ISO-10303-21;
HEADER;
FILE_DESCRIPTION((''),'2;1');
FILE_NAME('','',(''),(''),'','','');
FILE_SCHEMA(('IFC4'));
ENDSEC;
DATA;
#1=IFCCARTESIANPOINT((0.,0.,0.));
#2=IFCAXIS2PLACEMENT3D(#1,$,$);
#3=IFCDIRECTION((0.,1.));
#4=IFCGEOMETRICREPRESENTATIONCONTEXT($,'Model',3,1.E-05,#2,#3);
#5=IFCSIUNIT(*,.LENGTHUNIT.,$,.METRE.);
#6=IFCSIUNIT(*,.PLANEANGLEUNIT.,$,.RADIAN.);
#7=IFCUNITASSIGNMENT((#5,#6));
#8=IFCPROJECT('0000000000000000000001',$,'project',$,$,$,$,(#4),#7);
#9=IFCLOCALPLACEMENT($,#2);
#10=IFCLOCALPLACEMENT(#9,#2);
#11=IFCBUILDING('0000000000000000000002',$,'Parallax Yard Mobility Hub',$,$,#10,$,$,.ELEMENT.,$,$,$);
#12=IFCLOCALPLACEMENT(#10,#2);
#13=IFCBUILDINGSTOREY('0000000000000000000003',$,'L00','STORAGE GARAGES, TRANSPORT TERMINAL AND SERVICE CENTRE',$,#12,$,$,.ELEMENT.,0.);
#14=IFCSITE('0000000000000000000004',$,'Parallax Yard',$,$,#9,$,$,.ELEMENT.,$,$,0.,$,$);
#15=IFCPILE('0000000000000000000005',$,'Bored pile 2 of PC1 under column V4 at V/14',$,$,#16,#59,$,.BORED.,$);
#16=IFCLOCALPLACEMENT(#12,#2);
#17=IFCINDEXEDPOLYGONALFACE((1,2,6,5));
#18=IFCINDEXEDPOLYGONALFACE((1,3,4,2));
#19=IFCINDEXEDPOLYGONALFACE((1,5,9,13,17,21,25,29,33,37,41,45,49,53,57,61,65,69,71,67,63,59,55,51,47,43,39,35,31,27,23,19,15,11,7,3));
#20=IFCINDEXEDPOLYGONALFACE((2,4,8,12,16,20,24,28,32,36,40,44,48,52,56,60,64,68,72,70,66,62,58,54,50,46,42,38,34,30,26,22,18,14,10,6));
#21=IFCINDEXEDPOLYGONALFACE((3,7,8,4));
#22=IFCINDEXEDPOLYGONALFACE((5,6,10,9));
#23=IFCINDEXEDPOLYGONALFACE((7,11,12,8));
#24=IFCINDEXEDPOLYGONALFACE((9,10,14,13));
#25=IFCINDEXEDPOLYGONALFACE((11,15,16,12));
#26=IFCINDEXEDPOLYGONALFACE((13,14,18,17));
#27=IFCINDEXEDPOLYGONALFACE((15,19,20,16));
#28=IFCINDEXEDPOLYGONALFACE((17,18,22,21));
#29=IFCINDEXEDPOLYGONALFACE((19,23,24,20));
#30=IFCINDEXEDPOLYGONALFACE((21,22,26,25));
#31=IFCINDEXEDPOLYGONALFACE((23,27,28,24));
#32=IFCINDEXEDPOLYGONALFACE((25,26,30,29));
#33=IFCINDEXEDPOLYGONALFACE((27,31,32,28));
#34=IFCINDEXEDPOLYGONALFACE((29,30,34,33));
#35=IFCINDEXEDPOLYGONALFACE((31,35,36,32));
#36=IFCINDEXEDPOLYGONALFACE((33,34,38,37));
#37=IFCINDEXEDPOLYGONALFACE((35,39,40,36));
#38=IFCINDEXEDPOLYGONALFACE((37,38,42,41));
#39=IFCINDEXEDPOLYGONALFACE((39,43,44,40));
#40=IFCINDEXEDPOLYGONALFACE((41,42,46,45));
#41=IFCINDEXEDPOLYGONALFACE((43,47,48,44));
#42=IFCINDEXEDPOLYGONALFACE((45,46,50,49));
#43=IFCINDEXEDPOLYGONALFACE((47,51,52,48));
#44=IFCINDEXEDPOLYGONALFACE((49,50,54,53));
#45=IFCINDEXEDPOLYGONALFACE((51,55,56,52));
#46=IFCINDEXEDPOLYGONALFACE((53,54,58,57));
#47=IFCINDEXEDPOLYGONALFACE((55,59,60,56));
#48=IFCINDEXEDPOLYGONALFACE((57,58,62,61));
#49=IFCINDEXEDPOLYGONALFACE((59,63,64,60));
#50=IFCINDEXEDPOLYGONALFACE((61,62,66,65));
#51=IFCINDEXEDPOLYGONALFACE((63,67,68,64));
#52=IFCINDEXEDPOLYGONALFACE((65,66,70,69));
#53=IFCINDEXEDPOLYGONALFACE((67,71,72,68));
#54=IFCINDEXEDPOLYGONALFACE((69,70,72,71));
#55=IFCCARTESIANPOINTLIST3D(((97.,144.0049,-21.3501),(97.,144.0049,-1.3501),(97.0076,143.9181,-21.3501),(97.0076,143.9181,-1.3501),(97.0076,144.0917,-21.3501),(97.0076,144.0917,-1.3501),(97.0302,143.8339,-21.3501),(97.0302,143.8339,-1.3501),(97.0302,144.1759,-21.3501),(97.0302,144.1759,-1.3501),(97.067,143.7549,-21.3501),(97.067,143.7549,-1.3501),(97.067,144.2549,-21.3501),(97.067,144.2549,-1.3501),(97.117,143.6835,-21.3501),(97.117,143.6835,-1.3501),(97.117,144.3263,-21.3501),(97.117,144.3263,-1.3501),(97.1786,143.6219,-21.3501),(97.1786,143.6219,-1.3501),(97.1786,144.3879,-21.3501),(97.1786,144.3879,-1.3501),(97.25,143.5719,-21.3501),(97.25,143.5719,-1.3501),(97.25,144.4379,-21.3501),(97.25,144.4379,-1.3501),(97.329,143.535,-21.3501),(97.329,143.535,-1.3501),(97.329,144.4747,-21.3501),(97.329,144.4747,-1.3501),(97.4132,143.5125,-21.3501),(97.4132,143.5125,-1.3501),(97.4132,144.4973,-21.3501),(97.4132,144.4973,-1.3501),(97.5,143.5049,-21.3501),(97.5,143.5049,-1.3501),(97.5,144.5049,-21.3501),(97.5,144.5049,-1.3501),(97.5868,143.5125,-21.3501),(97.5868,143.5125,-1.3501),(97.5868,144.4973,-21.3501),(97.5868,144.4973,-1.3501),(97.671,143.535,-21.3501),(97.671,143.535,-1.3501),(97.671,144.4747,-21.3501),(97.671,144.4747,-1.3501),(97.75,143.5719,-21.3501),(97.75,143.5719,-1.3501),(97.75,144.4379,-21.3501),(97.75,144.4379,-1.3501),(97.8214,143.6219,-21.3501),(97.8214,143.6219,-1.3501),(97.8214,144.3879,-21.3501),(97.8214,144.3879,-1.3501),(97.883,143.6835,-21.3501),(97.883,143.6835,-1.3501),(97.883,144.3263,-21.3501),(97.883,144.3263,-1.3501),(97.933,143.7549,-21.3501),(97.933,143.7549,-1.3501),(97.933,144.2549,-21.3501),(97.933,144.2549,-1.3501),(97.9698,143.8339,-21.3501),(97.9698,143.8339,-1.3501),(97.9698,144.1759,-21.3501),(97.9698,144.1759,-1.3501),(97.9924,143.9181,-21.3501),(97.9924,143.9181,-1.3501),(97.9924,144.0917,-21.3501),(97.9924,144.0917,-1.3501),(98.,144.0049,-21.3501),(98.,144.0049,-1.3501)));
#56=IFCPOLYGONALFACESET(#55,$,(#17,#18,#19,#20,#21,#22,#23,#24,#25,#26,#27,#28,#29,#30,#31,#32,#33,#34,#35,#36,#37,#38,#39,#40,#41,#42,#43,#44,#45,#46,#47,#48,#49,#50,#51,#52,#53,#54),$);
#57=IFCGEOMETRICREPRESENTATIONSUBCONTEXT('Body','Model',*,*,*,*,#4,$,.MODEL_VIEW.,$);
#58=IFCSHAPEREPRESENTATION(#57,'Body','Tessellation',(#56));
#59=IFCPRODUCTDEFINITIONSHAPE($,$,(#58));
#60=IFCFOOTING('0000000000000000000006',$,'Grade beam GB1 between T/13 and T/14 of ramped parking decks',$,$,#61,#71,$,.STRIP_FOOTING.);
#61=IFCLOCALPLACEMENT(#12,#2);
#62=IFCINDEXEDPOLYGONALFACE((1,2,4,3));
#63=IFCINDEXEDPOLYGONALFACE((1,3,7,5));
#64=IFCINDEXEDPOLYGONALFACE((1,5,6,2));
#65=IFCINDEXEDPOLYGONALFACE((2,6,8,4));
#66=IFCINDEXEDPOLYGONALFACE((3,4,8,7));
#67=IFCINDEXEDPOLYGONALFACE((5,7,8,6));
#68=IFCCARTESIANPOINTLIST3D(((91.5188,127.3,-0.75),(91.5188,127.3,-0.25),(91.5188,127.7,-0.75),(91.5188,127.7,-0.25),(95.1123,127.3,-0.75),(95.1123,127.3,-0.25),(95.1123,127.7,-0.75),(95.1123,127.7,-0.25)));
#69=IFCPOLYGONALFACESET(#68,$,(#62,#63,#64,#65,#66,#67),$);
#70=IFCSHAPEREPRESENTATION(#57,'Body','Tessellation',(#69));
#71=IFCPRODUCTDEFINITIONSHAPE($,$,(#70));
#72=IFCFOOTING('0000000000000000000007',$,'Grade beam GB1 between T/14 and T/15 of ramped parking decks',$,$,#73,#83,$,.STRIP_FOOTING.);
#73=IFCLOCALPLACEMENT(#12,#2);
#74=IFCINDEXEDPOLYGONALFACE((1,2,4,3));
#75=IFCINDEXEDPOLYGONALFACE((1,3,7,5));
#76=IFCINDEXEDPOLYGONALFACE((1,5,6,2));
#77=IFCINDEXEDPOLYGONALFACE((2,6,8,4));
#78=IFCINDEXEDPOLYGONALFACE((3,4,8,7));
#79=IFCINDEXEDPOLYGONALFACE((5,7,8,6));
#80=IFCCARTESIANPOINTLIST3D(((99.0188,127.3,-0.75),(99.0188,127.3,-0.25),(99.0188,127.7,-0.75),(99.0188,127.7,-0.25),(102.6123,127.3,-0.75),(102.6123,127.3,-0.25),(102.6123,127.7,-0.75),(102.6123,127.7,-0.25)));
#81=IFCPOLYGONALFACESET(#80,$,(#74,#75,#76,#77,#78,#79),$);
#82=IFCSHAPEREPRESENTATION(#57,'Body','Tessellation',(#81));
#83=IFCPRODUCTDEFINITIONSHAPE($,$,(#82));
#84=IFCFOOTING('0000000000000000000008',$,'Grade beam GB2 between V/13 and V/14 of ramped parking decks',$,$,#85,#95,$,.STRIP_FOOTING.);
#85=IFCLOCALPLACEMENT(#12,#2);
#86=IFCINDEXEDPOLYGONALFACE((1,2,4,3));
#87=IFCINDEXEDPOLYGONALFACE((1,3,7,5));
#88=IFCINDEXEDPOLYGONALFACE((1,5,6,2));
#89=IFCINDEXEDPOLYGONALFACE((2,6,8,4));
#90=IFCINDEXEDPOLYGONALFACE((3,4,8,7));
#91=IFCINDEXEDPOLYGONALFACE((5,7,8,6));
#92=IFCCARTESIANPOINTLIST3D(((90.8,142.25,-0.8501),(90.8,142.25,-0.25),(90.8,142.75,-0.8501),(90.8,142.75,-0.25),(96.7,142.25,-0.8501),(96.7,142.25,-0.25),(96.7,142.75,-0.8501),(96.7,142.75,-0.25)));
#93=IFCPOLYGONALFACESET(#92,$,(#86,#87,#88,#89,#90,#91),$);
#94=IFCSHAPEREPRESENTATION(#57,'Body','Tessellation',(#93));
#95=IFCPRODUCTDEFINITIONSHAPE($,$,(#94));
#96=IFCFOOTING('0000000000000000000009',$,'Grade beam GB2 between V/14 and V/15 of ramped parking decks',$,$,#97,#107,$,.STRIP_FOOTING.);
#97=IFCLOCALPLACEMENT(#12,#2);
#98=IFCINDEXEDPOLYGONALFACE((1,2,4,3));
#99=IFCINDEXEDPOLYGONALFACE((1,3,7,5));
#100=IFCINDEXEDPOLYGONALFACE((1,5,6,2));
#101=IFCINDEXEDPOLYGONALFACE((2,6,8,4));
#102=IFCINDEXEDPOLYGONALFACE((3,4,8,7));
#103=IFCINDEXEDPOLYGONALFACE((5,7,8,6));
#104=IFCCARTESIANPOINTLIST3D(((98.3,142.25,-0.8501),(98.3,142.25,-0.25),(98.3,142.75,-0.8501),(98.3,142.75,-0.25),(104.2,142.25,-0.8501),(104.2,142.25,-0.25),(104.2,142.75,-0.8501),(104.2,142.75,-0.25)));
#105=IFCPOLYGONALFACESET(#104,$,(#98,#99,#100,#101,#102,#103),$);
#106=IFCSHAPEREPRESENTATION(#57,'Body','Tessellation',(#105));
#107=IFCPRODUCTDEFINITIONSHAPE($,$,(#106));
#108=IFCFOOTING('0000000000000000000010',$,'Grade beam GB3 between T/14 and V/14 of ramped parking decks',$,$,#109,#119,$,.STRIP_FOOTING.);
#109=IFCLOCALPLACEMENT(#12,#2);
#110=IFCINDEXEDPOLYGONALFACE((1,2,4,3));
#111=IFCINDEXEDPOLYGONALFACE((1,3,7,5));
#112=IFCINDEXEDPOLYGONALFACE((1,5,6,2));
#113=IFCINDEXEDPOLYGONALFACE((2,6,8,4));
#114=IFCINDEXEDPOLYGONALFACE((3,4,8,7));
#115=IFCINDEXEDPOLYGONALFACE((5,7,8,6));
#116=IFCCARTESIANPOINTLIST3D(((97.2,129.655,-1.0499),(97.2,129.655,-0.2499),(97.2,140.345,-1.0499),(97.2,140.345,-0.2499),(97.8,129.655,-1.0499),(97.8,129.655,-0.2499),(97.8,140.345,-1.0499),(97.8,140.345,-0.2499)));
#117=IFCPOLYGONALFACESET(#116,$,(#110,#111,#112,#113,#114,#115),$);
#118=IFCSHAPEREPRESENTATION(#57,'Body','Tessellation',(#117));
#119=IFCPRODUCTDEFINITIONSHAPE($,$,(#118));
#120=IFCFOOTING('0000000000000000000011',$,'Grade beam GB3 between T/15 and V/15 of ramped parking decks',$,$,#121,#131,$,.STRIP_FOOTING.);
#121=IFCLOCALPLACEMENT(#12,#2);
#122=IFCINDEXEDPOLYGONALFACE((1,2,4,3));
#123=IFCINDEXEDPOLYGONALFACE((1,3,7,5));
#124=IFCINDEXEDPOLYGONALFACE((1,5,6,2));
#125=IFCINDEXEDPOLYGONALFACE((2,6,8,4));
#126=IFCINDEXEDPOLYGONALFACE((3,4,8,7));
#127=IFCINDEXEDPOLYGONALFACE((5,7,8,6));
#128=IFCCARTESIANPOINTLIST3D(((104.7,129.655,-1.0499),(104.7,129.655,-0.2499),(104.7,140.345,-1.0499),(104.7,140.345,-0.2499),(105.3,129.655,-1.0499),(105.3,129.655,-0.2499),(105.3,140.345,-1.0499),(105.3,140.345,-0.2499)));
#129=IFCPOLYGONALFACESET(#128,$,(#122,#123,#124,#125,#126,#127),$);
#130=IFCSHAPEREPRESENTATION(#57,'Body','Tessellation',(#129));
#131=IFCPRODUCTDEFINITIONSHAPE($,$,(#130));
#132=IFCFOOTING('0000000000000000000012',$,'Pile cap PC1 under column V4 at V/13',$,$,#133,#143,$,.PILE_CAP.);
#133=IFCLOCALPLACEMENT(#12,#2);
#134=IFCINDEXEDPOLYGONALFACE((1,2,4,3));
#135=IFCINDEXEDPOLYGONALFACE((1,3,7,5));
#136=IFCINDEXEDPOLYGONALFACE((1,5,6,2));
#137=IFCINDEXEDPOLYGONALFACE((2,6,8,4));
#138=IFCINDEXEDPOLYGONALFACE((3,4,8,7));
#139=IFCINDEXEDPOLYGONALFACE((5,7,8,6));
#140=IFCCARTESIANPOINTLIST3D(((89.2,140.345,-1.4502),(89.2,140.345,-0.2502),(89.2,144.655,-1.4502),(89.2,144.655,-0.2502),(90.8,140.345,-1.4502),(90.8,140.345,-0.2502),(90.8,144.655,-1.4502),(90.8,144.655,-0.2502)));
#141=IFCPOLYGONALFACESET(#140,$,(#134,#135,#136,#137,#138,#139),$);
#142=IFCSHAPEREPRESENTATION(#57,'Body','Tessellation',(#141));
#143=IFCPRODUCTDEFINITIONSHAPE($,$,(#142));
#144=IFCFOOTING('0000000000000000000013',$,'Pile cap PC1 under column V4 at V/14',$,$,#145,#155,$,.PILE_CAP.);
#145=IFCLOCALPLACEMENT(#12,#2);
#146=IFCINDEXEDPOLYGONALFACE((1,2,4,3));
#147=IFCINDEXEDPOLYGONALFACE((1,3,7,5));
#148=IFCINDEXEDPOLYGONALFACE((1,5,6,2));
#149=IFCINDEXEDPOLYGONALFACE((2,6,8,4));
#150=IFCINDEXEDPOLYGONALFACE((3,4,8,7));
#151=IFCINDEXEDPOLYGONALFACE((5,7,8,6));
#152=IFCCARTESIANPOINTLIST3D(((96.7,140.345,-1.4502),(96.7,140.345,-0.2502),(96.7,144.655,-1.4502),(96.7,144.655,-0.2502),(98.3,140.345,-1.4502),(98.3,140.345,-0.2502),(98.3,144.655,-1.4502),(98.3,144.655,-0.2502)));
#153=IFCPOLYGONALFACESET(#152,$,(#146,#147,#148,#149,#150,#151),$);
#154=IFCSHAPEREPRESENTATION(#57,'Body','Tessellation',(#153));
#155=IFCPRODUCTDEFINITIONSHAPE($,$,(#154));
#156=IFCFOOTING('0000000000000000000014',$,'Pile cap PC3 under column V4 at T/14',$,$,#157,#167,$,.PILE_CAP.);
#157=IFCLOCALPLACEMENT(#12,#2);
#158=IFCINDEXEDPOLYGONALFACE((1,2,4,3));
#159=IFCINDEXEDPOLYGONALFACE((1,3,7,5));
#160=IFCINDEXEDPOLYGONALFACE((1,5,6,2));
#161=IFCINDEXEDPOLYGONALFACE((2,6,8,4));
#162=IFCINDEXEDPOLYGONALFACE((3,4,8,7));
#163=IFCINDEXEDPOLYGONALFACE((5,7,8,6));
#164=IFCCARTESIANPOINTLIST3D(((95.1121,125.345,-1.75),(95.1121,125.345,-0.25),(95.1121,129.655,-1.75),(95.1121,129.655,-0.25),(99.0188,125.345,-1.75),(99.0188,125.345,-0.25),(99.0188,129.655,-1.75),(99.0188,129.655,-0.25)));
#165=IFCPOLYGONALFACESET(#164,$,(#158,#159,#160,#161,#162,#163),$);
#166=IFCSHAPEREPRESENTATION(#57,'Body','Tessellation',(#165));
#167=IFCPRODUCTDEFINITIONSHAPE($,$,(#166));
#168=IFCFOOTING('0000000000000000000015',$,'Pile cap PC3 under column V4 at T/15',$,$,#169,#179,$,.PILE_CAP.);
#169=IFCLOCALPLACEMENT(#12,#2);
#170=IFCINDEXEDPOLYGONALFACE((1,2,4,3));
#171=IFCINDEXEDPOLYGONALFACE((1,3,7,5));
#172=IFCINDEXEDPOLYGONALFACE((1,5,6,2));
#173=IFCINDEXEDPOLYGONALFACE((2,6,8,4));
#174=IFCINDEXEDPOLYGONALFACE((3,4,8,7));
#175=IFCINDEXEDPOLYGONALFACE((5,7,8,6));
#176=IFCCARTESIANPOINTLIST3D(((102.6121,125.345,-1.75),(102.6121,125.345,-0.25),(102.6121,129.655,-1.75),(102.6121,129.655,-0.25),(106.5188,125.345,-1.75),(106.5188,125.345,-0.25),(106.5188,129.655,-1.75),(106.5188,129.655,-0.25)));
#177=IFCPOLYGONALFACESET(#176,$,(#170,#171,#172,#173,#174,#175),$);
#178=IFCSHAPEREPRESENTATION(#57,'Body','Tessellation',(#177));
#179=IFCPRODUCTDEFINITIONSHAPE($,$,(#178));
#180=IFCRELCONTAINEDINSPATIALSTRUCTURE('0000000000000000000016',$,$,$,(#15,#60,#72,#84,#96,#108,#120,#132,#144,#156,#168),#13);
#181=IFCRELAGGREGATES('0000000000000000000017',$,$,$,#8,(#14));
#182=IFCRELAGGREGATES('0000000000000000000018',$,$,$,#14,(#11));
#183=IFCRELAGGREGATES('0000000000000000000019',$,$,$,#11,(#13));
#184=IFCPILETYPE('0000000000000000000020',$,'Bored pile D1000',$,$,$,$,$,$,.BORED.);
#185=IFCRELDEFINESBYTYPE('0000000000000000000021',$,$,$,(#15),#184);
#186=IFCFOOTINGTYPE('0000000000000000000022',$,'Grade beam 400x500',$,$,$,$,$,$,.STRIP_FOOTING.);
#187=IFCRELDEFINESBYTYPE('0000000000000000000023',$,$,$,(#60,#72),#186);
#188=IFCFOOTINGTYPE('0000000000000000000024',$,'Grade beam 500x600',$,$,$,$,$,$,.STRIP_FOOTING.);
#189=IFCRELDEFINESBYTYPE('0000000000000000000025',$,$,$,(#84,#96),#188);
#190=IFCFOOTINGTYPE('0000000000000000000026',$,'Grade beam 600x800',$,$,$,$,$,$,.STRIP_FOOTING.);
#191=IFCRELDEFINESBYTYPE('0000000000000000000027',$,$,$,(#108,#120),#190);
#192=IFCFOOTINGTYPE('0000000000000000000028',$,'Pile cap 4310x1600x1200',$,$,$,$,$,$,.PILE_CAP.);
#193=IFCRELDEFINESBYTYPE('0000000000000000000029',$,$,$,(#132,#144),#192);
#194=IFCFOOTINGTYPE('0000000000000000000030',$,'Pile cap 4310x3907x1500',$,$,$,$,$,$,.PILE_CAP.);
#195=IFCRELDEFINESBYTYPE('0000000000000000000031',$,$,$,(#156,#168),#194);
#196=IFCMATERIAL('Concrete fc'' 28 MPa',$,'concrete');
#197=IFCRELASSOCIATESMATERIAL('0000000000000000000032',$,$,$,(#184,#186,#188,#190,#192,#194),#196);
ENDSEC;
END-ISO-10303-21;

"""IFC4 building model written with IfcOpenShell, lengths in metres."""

from ifc_helpers import new_model, si_unit, direction, frame, origin, origin_2d, place, context, subcontext, project, spatial, rectangle, circle, extrude, material, material_profile, profile_set, type_object, element, save


model = new_model("IFC4")

# Units and contexts
model_context = context("Model", 3, precision=1e-05, world=origin(), true_north=direction((0.0, 1.0)))
body_context = subcontext(model_context, "Body", "Model", "MODEL_VIEW")
ifc_project = project(units=[si_unit("LENGTHUNIT", "METRE"), si_unit("PLANEANGLEUNIT", "RADIAN")], contexts=[model_context])

# Site, building, storey
site_placement = place(None, origin())
site = spatial("IfcSite", under=ifc_project, at=site_placement, Name="Parallax Yard", CompositionType="ELEMENT", RefElevation=0.0)
building_placement = place(site_placement, origin())
building = spatial("IfcBuilding", under=site, at=building_placement, Name="Parallax Yard Mobility Hub", CompositionType="ELEMENT")
storey_placement = place(building_placement, origin())
storey = spatial("IfcBuildingStorey", under=building, at=storey_placement, Name="L00", Description="STORAGE GARAGES, TRANSPORT TERMINAL AND SERVICE CENTRE", CompositionType="ELEMENT", Elevation=0.0)

# Pile
ifc_material_1 = material(Name="Concrete fc' 28 MPa", Category="concrete")
ifc_material_profile_1 = material_profile(ifc_material_1, circle(Radius=0.5, at=origin_2d()), Name="Bored pile D1000")
ifc_profile_set_1 = profile_set([ifc_material_profile_1], Name="Concrete fc' 28 MPa")
pile_type = type_object("IfcPileType", Name="Bored pile D1000", PredefinedType="BORED", material=ifc_profile_set_1)
for number, where, z_axis, x_axis, name in (
    (1, (97.5, 144.0049, -1.3501), (0.0, 0.0, -1.0), (1.0, 0.0, 0.0), "Bored pile 2 of PC1 under column V4 at V/14"),
):
    element("IfcPile", number, at=place(storey_placement, frame(where, z_axis=z_axis, x_axis=x_axis)), inside=storey, type_object=pile_type, Name=name, PredefinedType="BORED", context=body_context, shape_type="SweptSolid", body=[
        extrude(circle(Radius=0.5, at=origin_2d()), origin(), (0.0, 0.0, 1.0), 20.0),
    ])

# Footings
ifc_material_profile_2 = material_profile(ifc_material_1, rectangle(XDim=0.3999, YDim=0.5, at=origin_2d()), Name="Grade beam 400x500")
ifc_profile_set_2 = profile_set([ifc_material_profile_2], Name="Concrete fc' 28 MPa")
footing_type_1 = type_object("IfcFootingType", Name="Grade beam 400x500", PredefinedType="STRIP_FOOTING", material=ifc_profile_set_2)
for number, where, z_axis, x_axis, name in (
    (2, (91.5188, 127.5, -0.5), (1.0, 0.0, 0.0), (0.0, 1.0, 0.0), "Grade beam GB1 between T/13 and T/14 of ramped parking decks"),
    (3, (99.0188, 127.5, -0.5), (1.0, 0.0, 0.0), (0.0, 1.0, 0.0), "Grade beam GB1 between T/14 and T/15 of ramped parking decks"),
):
    element("IfcFooting", number, at=place(storey_placement, frame(where, z_axis=z_axis, x_axis=x_axis)), inside=storey, type_object=footing_type_1, Name=name, PredefinedType="STRIP_FOOTING", context=body_context, shape_type="SweptSolid", body=[
        extrude(rectangle(XDim=0.3999, YDim=0.5, at=origin_2d()), origin(), (0.0, 0.0, 1.0), 3.5935),
    ])
ifc_material_profile_3 = material_profile(ifc_material_1, rectangle(XDim=0.5, YDim=0.6001, at=origin_2d()), Name="Grade beam 500x600")
ifc_profile_set_3 = profile_set([ifc_material_profile_3], Name="Concrete fc' 28 MPa")
footing_type_2 = type_object("IfcFootingType", Name="Grade beam 500x600", PredefinedType="STRIP_FOOTING", material=ifc_profile_set_3)
for number, where, z_axis, x_axis, name in (
    (4, (90.8, 142.5, -0.55), (1.0, 0.0, 0.0), (0.0, 1.0, 0.0), "Grade beam GB2 between V/13 and V/14 of ramped parking decks"),
    (5, (98.3, 142.5, -0.55), (1.0, 0.0, 0.0), (0.0, 1.0, 0.0), "Grade beam GB2 between V/14 and V/15 of ramped parking decks"),
):
    element("IfcFooting", number, at=place(storey_placement, frame(where, z_axis=z_axis, x_axis=x_axis)), inside=storey, type_object=footing_type_2, Name=name, PredefinedType="STRIP_FOOTING", context=body_context, shape_type="SweptSolid", body=[
        extrude(rectangle(XDim=0.5, YDim=0.6001, at=origin_2d()), origin(), (0.0, 0.0, 1.0), 5.8999),
    ])
ifc_material_profile_4 = material_profile(ifc_material_1, rectangle(XDim=0.6001, YDim=0.8, at=origin_2d()), Name="Grade beam 600x800")
ifc_profile_set_4 = profile_set([ifc_material_profile_4], Name="Concrete fc' 28 MPa")
footing_type_3 = type_object("IfcFootingType", Name="Grade beam 600x800", PredefinedType="STRIP_FOOTING", material=ifc_profile_set_4)
for number, where, z_axis, x_axis, name in (
    (6, (97.5, 129.655, -0.6499), (0.0, 1.0, 0.0), (-1.0, 0.0, 0.0), "Grade beam GB3 between T/14 and V/14 of ramped parking decks"),
    (7, (105.0, 129.655, -0.6499), (0.0, 1.0, 0.0), (-1.0, 0.0, 0.0), "Grade beam GB3 between T/15 and V/15 of ramped parking decks"),
):
    element("IfcFooting", number, at=place(storey_placement, frame(where, z_axis=z_axis, x_axis=x_axis)), inside=storey, type_object=footing_type_3, Name=name, PredefinedType="STRIP_FOOTING", context=body_context, shape_type="SweptSolid", body=[
        extrude(rectangle(XDim=0.6001, YDim=0.8, at=origin_2d()), origin(), (0.0, 0.0, 1.0), 10.6899),
    ])
footing_type_4 = type_object("IfcFootingType", Name="Pile cap 4310x1600x1200", PredefinedType="PILE_CAP", material=ifc_material_1)
for number, where, z_axis, x_axis, name in (
    (8, (90.0, 142.5, -1.4502), (0.0, 0.0, 1.0), (0.0, 1.0, 0.0), "Pile cap PC1 under column V4 at V/13"),
    (9, (97.5, 142.5, -1.4502), (0.0, 0.0, 1.0), (0.0, 1.0, 0.0), "Pile cap PC1 under column V4 at V/14"),
):
    element("IfcFooting", number, at=place(storey_placement, frame(where, z_axis=z_axis, x_axis=x_axis)), inside=storey, type_object=footing_type_4, Name=name, PredefinedType="PILE_CAP", context=body_context, shape_type="SweptSolid", body=[
        extrude(rectangle(XDim=4.3101, YDim=1.6001, at=origin_2d()), origin(), (0.0, 0.0, 1.0), 1.2),
    ])
footing_type_5 = type_object("IfcFootingType", Name="Pile cap 4310x3907x1500", PredefinedType="PILE_CAP", material=ifc_material_1)
for number, where, z_axis, x_axis, name in (
    (10, (97.0654, 127.5, -1.75), (0.0, 0.0, 1.0), (0.0, 1.0, 0.0), "Pile cap PC3 under column V4 at T/14"),
    (11, (104.5654, 127.5, -1.75), (0.0, 0.0, 1.0), (0.0, 1.0, 0.0), "Pile cap PC3 under column V4 at T/15"),
):
    element("IfcFooting", number, at=place(storey_placement, frame(where, z_axis=z_axis, x_axis=x_axis)), inside=storey, type_object=footing_type_5, Name=name, PredefinedType="PILE_CAP", context=body_context, shape_type="SweptSolid", body=[
        extrude(rectangle(XDim=4.3101, YDim=3.9067, at=origin_2d()), origin(), (0.0, 0.0, 1.0), 1.5),
    ])

save(model, "model.ifc")
